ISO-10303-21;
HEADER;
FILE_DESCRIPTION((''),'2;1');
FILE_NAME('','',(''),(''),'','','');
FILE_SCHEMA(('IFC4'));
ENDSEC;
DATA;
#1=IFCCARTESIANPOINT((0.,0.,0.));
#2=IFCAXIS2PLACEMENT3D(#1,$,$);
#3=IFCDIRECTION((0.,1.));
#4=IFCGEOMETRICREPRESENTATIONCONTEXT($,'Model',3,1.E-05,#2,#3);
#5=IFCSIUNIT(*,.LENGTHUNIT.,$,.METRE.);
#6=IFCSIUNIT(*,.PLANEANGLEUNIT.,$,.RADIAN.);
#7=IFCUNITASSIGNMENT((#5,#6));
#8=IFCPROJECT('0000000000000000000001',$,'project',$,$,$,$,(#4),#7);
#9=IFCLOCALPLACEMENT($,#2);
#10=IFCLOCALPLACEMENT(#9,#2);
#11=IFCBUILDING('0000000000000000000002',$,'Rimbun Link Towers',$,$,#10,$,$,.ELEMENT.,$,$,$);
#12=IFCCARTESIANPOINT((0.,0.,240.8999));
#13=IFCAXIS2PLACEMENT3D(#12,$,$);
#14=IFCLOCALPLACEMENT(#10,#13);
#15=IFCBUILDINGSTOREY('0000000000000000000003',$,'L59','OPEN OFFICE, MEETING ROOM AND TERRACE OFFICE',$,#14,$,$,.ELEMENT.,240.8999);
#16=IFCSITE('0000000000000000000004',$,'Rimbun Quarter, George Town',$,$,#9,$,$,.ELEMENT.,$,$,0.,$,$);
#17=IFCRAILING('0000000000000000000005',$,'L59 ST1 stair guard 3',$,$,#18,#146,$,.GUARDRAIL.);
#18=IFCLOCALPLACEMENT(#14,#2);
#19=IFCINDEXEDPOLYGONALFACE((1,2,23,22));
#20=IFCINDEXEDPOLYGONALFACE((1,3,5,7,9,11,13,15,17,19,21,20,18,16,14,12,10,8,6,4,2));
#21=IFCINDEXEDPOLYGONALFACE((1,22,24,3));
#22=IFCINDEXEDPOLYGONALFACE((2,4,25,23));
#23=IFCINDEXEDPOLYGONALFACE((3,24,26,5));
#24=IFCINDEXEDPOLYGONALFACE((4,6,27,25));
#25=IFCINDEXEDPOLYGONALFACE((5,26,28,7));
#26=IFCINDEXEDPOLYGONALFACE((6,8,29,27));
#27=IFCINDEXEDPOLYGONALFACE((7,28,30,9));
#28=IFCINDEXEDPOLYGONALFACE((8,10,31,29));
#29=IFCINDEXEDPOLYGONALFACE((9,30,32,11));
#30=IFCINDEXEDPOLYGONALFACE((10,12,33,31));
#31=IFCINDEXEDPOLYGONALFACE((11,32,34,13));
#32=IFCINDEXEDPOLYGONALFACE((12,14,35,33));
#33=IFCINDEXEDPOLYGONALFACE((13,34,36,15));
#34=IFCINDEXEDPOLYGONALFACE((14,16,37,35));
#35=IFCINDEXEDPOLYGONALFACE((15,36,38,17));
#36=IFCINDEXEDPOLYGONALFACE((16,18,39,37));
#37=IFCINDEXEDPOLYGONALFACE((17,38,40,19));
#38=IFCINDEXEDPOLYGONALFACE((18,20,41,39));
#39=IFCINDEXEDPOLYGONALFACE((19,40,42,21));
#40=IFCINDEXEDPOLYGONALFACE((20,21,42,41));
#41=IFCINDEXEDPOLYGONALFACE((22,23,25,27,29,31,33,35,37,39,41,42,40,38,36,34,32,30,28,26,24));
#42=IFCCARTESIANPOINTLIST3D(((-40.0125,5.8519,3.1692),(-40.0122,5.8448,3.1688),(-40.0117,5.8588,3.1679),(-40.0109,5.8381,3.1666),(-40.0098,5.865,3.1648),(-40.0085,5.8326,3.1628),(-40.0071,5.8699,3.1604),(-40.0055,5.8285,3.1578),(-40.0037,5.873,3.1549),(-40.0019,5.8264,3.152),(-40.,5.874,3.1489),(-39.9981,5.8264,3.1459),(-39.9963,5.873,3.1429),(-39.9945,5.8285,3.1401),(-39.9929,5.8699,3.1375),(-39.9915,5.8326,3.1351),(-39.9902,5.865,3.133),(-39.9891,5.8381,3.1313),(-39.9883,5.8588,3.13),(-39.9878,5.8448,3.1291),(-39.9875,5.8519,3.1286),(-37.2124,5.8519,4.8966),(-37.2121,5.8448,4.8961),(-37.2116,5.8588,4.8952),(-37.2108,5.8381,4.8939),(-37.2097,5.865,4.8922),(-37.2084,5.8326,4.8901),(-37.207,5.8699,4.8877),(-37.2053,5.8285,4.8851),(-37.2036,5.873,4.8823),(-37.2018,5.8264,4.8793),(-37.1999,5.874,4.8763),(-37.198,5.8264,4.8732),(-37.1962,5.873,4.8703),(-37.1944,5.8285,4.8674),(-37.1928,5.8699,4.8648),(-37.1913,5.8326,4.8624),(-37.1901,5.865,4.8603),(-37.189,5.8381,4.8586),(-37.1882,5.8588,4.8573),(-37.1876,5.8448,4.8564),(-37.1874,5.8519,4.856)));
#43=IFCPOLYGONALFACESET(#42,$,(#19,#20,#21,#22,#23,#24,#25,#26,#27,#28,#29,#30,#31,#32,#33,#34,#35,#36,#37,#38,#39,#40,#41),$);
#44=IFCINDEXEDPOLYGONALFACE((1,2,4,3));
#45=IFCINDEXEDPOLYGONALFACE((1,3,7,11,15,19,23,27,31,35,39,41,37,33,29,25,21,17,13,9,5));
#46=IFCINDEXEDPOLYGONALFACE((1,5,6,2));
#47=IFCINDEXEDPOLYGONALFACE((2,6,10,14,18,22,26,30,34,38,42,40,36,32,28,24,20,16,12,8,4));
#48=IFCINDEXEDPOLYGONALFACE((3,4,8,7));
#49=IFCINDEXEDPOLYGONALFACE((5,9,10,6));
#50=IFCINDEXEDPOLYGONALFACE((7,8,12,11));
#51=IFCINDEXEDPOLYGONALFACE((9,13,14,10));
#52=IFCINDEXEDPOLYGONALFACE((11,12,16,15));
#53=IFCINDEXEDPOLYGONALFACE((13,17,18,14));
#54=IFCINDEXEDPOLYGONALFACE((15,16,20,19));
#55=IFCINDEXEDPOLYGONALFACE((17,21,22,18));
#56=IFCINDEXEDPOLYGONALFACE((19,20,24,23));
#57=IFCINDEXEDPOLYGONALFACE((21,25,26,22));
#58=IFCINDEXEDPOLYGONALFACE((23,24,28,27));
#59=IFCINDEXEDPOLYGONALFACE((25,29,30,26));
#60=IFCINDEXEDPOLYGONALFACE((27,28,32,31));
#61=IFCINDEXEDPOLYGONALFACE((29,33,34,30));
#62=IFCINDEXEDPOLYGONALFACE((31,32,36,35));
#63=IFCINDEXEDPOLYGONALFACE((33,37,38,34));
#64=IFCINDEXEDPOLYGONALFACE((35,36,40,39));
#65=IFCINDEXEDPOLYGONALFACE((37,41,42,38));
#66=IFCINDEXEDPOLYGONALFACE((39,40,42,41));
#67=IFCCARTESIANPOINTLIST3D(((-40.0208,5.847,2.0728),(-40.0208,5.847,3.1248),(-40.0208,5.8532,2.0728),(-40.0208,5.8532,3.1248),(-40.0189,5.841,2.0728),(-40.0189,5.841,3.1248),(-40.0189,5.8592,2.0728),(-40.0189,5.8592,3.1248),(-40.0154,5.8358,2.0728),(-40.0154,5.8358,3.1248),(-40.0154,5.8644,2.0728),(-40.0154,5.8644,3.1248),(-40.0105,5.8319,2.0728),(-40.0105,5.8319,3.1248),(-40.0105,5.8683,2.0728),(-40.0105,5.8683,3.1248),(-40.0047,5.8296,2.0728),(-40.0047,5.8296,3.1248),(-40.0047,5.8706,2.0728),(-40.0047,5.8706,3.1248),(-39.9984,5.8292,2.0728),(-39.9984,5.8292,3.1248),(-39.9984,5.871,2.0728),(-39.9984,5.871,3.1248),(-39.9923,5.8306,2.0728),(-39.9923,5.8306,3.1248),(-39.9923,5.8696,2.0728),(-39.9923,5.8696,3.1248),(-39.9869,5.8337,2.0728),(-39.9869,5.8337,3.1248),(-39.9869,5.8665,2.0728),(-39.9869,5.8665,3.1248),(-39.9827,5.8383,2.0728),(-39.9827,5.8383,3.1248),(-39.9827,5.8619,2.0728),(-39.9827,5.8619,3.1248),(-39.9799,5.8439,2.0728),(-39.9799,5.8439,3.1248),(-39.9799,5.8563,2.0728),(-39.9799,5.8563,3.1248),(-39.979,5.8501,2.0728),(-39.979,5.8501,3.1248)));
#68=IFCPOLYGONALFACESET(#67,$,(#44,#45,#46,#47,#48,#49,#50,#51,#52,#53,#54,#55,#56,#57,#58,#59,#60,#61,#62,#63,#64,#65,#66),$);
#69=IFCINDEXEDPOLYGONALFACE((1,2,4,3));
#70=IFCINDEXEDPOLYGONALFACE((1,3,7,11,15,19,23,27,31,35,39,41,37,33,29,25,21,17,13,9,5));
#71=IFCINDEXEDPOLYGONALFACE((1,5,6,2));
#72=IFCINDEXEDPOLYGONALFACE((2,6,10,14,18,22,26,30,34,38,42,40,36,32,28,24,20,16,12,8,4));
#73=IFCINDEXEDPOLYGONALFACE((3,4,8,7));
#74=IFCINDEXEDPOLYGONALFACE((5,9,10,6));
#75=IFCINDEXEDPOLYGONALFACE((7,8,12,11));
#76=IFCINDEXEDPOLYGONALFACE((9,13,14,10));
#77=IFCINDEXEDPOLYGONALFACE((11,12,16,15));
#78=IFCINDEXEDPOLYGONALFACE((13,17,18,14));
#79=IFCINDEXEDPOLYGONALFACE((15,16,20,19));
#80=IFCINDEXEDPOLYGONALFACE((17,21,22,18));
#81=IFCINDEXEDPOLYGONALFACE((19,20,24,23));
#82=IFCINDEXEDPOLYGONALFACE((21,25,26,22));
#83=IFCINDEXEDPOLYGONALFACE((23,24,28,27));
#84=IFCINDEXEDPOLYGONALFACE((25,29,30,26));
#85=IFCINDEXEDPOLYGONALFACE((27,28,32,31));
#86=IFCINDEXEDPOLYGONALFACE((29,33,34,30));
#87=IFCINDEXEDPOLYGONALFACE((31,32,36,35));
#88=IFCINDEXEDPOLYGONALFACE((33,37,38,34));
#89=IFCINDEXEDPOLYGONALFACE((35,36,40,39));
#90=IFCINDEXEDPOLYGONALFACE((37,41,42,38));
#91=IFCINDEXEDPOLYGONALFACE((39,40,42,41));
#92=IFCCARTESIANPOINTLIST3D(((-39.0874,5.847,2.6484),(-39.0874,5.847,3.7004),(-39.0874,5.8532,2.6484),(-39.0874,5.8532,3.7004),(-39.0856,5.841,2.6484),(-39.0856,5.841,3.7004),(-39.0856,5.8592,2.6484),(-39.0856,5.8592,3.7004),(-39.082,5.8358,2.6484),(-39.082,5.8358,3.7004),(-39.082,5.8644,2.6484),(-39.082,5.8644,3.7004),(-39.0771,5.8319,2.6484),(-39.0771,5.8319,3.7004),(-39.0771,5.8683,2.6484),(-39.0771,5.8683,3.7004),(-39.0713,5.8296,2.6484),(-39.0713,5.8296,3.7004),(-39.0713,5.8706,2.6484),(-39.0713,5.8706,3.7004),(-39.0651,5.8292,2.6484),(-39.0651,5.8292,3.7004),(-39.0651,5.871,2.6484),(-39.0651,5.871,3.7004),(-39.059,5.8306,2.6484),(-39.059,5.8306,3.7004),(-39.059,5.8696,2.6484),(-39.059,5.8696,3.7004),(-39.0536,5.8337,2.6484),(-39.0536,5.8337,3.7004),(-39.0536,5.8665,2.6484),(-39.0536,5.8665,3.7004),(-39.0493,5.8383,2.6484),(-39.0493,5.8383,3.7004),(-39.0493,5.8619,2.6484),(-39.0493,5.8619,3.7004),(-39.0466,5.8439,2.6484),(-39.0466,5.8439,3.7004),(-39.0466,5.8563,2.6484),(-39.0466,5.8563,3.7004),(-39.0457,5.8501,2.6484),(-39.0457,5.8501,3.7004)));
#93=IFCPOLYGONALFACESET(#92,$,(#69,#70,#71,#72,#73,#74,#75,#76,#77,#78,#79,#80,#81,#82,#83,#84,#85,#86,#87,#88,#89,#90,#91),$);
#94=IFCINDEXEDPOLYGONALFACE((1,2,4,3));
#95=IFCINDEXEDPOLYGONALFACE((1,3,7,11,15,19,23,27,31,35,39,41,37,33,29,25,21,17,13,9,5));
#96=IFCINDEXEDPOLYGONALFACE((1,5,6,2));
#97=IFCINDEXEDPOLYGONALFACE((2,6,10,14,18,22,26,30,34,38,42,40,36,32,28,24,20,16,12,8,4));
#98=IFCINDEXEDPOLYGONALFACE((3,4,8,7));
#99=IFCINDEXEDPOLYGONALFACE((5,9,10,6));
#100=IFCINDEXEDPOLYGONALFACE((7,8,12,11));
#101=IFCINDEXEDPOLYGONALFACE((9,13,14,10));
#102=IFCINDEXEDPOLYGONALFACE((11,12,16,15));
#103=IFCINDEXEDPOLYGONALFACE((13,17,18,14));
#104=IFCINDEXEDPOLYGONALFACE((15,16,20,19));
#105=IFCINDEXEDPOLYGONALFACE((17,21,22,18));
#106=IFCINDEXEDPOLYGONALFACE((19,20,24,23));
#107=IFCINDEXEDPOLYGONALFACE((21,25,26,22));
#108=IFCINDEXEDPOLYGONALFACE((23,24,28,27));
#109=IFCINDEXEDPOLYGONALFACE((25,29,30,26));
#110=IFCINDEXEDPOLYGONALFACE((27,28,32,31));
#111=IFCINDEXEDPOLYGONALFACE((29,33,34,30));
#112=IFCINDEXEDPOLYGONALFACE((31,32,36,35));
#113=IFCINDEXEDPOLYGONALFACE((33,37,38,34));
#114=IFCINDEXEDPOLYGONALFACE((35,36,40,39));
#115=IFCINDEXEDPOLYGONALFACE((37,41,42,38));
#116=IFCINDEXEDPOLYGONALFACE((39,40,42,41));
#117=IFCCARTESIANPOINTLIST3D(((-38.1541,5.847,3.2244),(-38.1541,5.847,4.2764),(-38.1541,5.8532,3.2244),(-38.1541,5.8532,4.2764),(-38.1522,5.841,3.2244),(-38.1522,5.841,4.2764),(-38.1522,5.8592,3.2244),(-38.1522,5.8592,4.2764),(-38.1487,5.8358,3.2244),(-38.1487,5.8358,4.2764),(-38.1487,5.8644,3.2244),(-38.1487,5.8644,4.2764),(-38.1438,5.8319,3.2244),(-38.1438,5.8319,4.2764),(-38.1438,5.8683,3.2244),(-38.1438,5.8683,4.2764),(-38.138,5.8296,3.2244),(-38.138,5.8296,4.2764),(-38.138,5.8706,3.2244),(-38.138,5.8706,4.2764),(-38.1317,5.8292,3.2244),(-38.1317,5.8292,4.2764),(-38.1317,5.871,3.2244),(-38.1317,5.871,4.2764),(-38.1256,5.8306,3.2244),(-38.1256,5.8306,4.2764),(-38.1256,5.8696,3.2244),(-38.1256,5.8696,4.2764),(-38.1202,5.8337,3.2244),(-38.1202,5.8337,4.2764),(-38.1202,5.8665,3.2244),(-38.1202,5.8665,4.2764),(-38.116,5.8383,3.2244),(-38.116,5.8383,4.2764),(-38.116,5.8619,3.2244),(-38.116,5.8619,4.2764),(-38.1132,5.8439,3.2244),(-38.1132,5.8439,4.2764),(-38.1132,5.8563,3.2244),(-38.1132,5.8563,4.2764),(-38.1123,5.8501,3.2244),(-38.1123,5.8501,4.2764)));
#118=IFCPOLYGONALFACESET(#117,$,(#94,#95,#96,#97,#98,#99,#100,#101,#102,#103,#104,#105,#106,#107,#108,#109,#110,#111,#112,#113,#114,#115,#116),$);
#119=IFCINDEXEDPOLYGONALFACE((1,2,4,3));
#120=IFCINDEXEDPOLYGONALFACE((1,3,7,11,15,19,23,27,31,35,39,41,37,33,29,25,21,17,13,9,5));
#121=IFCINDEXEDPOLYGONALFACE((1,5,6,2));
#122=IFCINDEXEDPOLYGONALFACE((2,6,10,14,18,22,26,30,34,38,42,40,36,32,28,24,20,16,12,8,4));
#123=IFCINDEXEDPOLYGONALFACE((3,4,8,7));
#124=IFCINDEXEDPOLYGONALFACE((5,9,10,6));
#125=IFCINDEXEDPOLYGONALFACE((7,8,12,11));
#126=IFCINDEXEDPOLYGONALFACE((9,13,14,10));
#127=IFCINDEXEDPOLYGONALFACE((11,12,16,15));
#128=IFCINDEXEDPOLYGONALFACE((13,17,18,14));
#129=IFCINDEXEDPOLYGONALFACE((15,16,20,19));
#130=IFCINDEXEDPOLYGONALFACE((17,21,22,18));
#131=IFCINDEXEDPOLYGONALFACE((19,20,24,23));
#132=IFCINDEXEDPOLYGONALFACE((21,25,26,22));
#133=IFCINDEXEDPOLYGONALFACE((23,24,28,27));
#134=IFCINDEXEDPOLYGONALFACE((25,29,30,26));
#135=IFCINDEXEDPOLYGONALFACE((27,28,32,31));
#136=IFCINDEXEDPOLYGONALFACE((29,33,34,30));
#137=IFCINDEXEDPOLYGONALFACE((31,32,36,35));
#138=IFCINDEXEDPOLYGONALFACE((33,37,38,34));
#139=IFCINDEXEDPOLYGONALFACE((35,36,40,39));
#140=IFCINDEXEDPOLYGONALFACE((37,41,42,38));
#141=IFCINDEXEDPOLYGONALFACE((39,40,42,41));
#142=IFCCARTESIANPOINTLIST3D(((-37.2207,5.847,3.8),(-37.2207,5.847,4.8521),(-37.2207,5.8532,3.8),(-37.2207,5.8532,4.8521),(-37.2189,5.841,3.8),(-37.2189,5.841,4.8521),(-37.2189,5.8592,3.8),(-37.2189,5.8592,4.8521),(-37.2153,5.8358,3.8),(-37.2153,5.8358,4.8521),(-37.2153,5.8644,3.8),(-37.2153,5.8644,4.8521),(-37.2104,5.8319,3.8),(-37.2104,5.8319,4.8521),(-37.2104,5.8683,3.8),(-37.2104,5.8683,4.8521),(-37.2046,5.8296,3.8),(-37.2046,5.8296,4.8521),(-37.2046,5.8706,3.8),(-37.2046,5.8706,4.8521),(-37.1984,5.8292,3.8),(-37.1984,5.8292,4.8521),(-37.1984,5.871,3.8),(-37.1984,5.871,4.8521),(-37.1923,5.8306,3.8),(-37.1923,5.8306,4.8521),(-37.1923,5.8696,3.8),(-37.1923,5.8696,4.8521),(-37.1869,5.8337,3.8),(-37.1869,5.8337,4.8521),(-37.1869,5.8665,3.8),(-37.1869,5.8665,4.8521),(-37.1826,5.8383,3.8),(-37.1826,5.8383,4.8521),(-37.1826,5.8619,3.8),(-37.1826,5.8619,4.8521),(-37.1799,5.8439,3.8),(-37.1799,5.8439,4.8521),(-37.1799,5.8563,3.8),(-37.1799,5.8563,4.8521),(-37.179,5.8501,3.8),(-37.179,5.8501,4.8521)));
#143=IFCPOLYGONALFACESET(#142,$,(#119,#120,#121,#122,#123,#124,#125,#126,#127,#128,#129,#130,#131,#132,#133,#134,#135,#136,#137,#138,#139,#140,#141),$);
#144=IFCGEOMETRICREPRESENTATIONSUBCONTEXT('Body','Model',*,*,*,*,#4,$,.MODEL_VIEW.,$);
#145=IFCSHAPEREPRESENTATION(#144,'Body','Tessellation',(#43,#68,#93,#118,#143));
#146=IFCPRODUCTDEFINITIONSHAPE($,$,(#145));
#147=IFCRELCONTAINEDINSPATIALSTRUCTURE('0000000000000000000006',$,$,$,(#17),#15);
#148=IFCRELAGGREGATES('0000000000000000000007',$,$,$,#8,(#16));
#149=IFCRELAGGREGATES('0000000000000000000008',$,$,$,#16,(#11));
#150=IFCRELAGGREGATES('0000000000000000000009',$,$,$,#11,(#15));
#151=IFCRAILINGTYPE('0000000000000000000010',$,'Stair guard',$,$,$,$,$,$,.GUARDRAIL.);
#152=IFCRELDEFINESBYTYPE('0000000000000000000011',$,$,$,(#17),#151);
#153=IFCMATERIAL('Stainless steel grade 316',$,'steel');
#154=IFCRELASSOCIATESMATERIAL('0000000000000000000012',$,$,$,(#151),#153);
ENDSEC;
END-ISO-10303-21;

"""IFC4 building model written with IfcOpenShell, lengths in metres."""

from ifc_helpers import new_model, si_unit, direction, frame, origin, origin_2d, place, context, subcontext, project, spatial, circle, extrude, material, type_object, element, save


model = new_model("IFC4")

# Units and contexts
model_context = context("Model", 3, precision=1e-05, world=origin(), true_north=direction((0.0, 1.0)))
body_context = subcontext(model_context, "Body", "Model", "MODEL_VIEW")
ifc_project = project(units=[si_unit("LENGTHUNIT", "METRE"), si_unit("PLANEANGLEUNIT", "RADIAN")], contexts=[model_context])

# Site, building, storey
site_placement = place(None, origin())
site = spatial("IfcSite", under=ifc_project, at=site_placement, Name="Rimbun Quarter, George Town", CompositionType="ELEMENT", RefElevation=0.0)
building_placement = place(site_placement, origin())
building = spatial("IfcBuilding", under=site, at=building_placement, Name="Rimbun Link Towers", CompositionType="ELEMENT")
storey_placement = place(building_placement, frame((0.0, 0.0, 240.8999)))
storey = spatial("IfcBuildingStorey", under=building, at=storey_placement, Name="L59", Description="OPEN OFFICE, MEETING ROOM AND TERRACE OFFICE", CompositionType="ELEMENT", Elevation=240.8999)

# Railing
ifc_material_1 = material(Name="Stainless steel grade 316", Category="steel")
railing_type_1 = type_object("IfcRailingType", Name="Stair guard", PredefinedType="GUARDRAIL", material=ifc_material_1)
railing_1_placement = place(storey_placement, frame((-40.0, 5.8501, 2.0728)))
element("IfcRailing", 1, at=railing_1_placement, inside=storey, type_object=railing_type_1, Name="L59 ST1 stair guard 3", PredefinedType="GUARDRAIL", context=body_context, shape_type="SweptSolid", body=[
    extrude(circle(Radius=0.0239, at=origin_2d()), frame((0.0, 0.0, 1.0762), z_axis=(0.85109, 0.0, 0.52502), x_axis=(0.0, 1.0, 0.0)), (0.0, 0.0, 1.0), 3.29),
    extrude(circle(Radius=0.021, at=origin_2d()), origin(), (0.0, 0.0, 1.0), 1.052),
    extrude(circle(Radius=0.021, at=origin_2d()), frame((0.9333, 0.0, 0.5757)), (0.0, 0.0, 1.0), 1.052),
    extrude(circle(Radius=0.021, at=origin_2d()), frame((1.8667, 0.0, 1.1516)), (0.0, 0.0, 1.0), 1.052),
    extrude(circle(Radius=0.021, at=origin_2d()), frame((2.8, 0.0, 1.7273)), (0.0, 0.0, 1.0), 1.052),
])

save(model, "model.ifc")
